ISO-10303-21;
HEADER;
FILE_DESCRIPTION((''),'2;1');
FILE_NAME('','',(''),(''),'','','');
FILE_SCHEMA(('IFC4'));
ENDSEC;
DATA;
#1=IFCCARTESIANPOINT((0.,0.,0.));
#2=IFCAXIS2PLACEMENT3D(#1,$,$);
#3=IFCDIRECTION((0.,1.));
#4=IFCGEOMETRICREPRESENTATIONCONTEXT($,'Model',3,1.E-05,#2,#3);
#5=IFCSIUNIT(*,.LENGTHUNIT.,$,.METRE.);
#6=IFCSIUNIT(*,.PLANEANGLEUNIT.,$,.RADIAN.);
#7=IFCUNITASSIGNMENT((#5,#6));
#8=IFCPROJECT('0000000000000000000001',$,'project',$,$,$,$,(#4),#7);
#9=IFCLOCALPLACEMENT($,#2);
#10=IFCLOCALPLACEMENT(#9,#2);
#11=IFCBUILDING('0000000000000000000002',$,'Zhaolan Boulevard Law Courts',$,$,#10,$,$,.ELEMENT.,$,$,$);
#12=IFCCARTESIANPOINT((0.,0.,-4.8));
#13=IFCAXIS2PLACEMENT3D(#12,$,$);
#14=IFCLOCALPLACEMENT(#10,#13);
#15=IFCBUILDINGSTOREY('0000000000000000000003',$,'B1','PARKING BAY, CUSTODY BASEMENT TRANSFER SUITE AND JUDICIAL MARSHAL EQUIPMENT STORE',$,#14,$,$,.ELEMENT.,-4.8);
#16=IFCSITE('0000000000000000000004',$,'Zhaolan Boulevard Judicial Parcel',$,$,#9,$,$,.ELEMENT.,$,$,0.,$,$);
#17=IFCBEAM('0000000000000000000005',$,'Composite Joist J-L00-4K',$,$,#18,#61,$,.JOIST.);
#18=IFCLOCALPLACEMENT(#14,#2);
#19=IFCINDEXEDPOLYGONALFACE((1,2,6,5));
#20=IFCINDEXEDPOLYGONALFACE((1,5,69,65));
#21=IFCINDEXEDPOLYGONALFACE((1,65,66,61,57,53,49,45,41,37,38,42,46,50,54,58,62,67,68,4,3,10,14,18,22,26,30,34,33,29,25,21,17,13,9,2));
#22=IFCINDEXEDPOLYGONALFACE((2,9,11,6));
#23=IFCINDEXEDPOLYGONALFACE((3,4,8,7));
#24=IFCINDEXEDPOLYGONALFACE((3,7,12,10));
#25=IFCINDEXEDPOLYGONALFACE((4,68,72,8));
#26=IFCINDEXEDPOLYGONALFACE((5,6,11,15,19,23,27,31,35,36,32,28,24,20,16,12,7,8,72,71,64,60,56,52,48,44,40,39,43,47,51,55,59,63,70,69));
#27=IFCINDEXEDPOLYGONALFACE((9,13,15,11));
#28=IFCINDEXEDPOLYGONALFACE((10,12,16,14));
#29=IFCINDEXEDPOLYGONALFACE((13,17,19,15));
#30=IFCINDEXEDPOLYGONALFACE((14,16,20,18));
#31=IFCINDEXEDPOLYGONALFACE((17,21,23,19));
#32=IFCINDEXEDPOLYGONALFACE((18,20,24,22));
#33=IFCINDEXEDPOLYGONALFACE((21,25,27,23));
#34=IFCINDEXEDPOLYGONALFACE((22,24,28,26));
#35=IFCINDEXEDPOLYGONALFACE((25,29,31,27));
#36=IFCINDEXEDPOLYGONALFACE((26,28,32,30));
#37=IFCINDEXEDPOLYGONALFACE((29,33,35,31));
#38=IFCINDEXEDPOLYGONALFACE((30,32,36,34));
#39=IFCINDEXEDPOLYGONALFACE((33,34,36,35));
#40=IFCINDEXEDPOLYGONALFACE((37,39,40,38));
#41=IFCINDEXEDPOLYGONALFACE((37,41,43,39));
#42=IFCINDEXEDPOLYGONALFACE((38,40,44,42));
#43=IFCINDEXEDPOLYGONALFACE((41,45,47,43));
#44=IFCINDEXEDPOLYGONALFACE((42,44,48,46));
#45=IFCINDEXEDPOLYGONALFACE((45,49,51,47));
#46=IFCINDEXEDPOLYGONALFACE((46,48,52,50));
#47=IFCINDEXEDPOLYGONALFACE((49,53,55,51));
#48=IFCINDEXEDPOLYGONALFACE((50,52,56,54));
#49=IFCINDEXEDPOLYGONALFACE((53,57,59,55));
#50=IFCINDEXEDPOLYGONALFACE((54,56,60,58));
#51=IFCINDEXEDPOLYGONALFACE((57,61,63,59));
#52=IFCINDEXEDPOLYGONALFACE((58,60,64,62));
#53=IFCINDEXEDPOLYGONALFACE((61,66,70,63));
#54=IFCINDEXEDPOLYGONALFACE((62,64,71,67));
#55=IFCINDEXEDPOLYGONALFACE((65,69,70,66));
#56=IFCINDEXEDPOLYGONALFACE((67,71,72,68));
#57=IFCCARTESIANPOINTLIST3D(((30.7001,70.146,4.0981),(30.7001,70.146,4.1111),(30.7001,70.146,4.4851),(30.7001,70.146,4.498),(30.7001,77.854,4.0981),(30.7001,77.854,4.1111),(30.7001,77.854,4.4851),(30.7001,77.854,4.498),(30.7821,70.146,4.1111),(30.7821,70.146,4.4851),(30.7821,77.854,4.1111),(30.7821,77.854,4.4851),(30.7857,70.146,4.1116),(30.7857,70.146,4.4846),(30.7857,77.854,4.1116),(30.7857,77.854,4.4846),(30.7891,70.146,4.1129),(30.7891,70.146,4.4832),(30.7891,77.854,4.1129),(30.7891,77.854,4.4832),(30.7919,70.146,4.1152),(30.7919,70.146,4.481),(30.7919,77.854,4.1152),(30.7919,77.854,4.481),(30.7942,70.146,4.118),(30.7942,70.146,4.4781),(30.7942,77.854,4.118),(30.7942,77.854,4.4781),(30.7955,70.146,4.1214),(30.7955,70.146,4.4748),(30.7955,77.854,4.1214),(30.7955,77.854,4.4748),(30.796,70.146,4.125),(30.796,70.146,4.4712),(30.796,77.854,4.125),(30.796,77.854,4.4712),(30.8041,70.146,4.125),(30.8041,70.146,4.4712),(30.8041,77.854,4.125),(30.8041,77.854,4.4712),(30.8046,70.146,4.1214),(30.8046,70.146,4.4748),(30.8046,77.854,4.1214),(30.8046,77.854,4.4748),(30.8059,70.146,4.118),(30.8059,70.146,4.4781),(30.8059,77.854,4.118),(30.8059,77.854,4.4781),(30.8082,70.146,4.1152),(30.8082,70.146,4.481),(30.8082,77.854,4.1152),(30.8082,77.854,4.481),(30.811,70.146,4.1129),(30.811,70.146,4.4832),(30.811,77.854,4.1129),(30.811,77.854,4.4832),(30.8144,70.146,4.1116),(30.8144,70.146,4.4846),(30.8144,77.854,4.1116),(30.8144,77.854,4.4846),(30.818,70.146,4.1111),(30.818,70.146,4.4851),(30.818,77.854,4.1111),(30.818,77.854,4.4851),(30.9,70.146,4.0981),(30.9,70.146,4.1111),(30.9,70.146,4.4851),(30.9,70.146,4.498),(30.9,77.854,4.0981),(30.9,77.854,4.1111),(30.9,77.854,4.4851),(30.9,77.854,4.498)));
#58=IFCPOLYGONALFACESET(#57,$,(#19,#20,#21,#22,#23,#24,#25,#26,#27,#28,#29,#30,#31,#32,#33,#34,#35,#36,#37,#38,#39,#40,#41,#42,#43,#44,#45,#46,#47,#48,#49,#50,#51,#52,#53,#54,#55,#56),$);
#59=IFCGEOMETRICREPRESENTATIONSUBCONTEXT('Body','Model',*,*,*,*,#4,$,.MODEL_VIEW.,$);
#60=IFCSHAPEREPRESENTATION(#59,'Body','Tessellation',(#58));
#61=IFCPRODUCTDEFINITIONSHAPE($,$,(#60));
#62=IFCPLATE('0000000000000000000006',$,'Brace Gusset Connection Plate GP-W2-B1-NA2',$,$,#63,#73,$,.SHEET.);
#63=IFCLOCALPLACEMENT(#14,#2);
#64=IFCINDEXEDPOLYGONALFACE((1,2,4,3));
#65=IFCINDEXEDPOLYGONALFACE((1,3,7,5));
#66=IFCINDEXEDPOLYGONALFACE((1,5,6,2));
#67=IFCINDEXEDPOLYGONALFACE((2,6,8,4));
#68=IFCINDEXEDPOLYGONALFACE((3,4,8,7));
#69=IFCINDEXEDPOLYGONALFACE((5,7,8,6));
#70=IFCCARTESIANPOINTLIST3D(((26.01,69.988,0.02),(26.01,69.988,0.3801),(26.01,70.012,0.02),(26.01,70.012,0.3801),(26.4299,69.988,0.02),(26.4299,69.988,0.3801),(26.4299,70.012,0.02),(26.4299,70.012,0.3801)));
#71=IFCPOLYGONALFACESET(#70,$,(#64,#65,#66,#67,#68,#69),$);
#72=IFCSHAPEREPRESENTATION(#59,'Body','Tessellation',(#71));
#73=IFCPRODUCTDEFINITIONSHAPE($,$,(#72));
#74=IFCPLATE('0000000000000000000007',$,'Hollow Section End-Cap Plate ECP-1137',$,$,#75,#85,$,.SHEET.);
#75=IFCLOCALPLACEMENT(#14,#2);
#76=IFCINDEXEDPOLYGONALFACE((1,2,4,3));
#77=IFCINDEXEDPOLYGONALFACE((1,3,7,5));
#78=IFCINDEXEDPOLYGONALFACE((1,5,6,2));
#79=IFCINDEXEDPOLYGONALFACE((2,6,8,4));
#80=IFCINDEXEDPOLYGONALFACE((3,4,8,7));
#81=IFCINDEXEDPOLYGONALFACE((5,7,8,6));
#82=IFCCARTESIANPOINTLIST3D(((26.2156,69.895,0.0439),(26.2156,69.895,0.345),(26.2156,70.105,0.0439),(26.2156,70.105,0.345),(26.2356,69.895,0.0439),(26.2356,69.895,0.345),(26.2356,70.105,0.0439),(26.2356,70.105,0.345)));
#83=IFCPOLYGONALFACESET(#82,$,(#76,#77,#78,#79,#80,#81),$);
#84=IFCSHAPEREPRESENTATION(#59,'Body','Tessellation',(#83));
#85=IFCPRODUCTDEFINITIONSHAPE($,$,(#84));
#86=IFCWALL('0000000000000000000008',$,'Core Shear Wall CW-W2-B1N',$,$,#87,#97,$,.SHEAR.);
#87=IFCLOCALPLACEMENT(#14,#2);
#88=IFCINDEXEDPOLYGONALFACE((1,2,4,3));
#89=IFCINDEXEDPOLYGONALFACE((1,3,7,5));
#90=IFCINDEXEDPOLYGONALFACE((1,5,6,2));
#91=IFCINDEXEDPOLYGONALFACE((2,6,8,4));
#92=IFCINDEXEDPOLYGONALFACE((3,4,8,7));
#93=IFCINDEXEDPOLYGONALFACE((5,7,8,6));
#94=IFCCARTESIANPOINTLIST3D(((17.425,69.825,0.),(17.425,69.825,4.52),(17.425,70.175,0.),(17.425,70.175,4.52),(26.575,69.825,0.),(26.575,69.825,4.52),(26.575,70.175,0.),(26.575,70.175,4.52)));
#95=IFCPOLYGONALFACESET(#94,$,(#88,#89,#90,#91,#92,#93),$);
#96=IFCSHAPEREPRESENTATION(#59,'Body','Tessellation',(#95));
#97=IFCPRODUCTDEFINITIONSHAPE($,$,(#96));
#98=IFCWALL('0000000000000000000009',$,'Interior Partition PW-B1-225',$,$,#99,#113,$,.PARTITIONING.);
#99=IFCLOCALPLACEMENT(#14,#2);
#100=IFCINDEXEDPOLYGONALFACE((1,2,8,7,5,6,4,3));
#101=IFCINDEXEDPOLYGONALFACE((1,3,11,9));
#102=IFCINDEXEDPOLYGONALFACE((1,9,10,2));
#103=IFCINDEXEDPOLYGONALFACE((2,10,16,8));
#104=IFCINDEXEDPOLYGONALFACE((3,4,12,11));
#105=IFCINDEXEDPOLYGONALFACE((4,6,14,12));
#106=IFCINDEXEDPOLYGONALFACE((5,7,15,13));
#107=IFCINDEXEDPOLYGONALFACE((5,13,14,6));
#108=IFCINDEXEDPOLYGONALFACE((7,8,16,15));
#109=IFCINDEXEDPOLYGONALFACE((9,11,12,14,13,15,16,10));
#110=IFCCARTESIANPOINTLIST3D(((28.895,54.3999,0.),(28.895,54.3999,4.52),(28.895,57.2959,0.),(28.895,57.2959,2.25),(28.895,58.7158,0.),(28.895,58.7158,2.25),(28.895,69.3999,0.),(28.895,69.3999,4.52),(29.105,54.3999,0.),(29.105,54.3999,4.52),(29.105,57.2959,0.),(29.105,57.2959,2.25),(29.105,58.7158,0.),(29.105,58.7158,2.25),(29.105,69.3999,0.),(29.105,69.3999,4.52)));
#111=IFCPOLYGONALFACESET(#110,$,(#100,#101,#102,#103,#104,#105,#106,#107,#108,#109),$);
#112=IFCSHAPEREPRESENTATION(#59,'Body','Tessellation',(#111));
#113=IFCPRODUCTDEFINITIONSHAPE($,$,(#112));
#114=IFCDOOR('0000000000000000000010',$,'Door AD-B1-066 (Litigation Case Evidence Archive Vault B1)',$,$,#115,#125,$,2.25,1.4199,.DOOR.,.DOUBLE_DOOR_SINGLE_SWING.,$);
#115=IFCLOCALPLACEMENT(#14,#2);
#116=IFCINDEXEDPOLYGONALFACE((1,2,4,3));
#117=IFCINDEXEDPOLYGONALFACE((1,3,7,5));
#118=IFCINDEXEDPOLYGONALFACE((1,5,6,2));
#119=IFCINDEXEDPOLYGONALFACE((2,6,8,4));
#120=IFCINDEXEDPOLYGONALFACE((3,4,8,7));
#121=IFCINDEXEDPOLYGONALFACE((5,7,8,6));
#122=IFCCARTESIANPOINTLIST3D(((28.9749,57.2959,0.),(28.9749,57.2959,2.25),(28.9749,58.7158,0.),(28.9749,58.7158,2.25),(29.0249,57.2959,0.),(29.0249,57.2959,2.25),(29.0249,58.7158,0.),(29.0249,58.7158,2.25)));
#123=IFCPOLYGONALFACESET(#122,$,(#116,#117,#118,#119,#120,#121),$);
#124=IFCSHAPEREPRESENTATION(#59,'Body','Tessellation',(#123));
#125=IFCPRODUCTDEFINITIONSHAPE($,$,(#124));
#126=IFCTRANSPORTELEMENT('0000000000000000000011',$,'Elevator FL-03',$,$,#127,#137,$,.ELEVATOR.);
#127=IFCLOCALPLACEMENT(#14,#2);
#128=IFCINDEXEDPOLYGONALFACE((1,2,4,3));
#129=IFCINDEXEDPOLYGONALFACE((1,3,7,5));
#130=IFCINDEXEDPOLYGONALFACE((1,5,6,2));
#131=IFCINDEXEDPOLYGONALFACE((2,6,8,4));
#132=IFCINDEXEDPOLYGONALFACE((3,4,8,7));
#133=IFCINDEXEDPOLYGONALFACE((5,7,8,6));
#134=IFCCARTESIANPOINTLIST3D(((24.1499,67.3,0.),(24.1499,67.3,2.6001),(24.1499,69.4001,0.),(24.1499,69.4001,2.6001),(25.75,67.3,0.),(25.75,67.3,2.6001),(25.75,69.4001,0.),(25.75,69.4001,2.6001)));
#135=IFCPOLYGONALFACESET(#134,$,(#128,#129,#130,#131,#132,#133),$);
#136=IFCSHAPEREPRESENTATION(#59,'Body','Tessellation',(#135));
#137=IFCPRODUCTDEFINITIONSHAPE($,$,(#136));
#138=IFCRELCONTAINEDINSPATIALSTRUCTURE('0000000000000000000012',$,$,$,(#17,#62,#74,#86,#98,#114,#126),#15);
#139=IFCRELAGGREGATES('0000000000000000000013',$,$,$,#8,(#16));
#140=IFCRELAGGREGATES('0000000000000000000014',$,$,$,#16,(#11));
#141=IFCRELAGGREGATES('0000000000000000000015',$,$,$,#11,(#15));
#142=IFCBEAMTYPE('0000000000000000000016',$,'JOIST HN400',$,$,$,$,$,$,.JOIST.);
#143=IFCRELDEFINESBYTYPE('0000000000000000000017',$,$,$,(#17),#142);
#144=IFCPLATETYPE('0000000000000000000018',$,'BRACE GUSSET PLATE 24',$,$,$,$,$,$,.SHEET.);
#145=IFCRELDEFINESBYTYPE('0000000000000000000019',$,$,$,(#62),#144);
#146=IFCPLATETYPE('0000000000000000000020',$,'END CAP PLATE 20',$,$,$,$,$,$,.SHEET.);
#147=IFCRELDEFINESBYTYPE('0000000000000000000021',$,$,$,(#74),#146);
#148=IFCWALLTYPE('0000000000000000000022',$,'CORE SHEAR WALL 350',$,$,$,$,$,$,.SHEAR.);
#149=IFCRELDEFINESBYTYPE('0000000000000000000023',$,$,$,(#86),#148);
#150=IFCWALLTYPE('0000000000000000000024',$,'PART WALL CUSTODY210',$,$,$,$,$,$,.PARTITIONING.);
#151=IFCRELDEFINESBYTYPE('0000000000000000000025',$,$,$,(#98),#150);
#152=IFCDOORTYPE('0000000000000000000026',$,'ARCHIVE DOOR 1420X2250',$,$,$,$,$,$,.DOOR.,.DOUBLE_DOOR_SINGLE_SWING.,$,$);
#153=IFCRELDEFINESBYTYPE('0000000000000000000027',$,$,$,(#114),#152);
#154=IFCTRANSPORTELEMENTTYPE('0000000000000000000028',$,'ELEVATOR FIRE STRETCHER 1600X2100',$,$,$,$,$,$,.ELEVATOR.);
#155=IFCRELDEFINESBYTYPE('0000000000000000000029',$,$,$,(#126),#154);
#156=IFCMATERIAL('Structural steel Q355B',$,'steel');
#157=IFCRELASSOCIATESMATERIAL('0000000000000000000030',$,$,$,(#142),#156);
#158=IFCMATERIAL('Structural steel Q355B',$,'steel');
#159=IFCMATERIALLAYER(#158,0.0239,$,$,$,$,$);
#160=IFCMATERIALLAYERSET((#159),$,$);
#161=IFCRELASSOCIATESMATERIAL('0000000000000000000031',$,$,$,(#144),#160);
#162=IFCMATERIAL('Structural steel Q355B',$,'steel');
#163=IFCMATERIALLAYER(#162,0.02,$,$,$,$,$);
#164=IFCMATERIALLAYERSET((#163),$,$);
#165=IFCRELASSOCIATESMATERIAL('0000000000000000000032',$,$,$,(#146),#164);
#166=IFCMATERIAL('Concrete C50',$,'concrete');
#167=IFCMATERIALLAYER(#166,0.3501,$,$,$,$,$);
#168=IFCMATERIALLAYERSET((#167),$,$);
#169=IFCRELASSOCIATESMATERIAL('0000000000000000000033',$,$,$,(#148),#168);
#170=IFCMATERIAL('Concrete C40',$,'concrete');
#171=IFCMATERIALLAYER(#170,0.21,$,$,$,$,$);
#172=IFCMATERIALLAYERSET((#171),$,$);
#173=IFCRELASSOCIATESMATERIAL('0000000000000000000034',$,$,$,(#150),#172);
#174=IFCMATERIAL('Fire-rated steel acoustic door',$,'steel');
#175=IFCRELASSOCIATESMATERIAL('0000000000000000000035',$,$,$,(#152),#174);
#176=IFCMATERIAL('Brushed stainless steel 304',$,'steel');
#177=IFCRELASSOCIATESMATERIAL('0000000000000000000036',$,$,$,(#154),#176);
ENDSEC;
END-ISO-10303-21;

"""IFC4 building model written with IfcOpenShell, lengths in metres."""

from ifc_helpers import new_model, si_unit, direction, frame, frame_2d, origin, origin_2d, place, context, subcontext, project, spatial, rectangle, i_section, extrude, material, layer, layer_set, material_profile, profile_set, type_object, element, fill, save


model = new_model("IFC4")

# Units and contexts
model_context = context("Model", 3, precision=1e-05, world=origin(), true_north=direction((0.0, 1.0)))
body_context = subcontext(model_context, "Body", "Model", "MODEL_VIEW")
ifc_project = project(units=[si_unit("LENGTHUNIT", "METRE"), si_unit("PLANEANGLEUNIT", "RADIAN")], contexts=[model_context])

# Site, building, storey
site_placement = place(None, origin())
site = spatial("IfcSite", under=ifc_project, at=site_placement, Name="Zhaolan Boulevard Judicial Parcel", CompositionType="ELEMENT", RefElevation=0.0)
building_placement = place(site_placement, origin())
building = spatial("IfcBuilding", under=site, at=building_placement, Name="Zhaolan Boulevard Law Courts", CompositionType="ELEMENT")
storey_placement = place(building_placement, frame((0.0, 0.0, -4.8)))
storey = spatial("IfcBuildingStorey", under=building, at=storey_placement, Name="B1", Description="PARKING BAY, CUSTODY BASEMENT TRANSFER SUITE AND JUDICIAL MARSHAL EQUIPMENT STORE", CompositionType="ELEMENT", Elevation=-4.8)

# Beam
ifc_material_1 = material(Name="Structural steel Q355B", Category="steel")
ifc_material_profile_1 = material_profile(ifc_material_1, i_section(OverallWidth=0.2, OverallDepth=0.3999, WebThickness=0.0081, FlangeThickness=0.0129, FilletRadius=0.0139, at=origin_2d()), Name="HN400x200")
ifc_profile_set_1 = profile_set([ifc_material_profile_1], Name="Structural steel Q355B")
beam_type_1 = type_object("IfcBeamType", Name="JOIST HN400", PredefinedType="JOIST", material=ifc_profile_set_1)
beam_1_placement = place(storey_placement, frame((30.8, 70.146, 4.2981), z_axis=(0.0, 1.0, 0.0), x_axis=(-1.0, 0.0, 0.0)))
element("IfcBeam", 1, at=beam_1_placement, inside=storey, type_object=beam_type_1, Name="Composite Joist J-L00-4K", PredefinedType="JOIST", context=body_context, shape_type="SweptSolid", body=[
    extrude(i_section(OverallWidth=0.2, OverallDepth=0.3999, WebThickness=0.0081, FlangeThickness=0.0129, FilletRadius=0.0139, at=origin_2d()), origin(), (0.0, 0.0, 1.0), 7.708),
])

# Plates
ifc_material_2 = material(Name="Structural steel Q355B", Category="steel")
ifc_layer_1 = layer(ifc_material_2, 0.0239)
ifc_layer_set_1 = layer_set([ifc_layer_1])
plate_type_1 = type_object("IfcPlateType", Name="BRACE GUSSET PLATE 24", PredefinedType="SHEET", material=ifc_layer_set_1)
plate_1_placement = place(storey_placement, frame((26.22, 70.0, 0.02), z_axis=(0.0, 0.0, 1.0), x_axis=(1.0, 0.0, 0.0)))
element("IfcPlate", 2, at=plate_1_placement, inside=storey, type_object=plate_type_1, Name="Brace Gusset Connection Plate GP-W2-B1-NA2", PredefinedType="SHEET", context=body_context, shape_type="SweptSolid", body=[
    extrude(rectangle(XDim=0.4199, YDim=0.0239, at=origin_2d()), origin(), (0.0, 0.0, 1.0), 0.3601),
])
ifc_material_3 = material(Name="Structural steel Q355B", Category="steel")
ifc_layer_2 = layer(ifc_material_3, 0.02)
ifc_layer_set_2 = layer_set([ifc_layer_2])
plate_type_2 = type_object("IfcPlateType", Name="END CAP PLATE 20", PredefinedType="SHEET", material=ifc_layer_set_2)
plate_2_placement = place(storey_placement, frame((26.2256, 70.0, 0.0439), z_axis=(0.0, 0.0, 1.0), x_axis=(-1.0, 0.0, 0.0)))
element("IfcPlate", 3, at=plate_2_placement, inside=storey, type_object=plate_type_2, Name="Hollow Section End-Cap Plate ECP-1137", PredefinedType="SHEET", context=body_context, shape_type="SweptSolid", body=[
    extrude(rectangle(XDim=0.02, YDim=0.21, at=origin_2d()), origin(), (0.0, 0.0, 1.0), 0.301),
])

# Wall
ifc_material_4 = material(Name="Concrete C50", Category="concrete")
ifc_layer_3 = layer(ifc_material_4, 0.3501)
ifc_layer_set_3 = layer_set([ifc_layer_3])
wall_type_1 = type_object("IfcWallType", Name="CORE SHEAR WALL 350", PredefinedType="SHEAR", material=ifc_layer_set_3)
wall_1_placement = place(storey_placement, frame((26.575, 70.0, 0.0), z_axis=(0.0, 0.0, 1.0), x_axis=(-1.0, 0.0, 0.0)))
element("IfcWall", 4, at=wall_1_placement, inside=storey, type_object=wall_type_1, Name="Core Shear Wall CW-W2-B1N", PredefinedType="SHEAR", context=body_context, shape_type="SweptSolid", body=[
    extrude(rectangle(XDim=9.1499, YDim=0.3501, at=frame_2d((4.575, 0.0))), origin(), (0.0, 0.0, 1.0), 4.52),
])

# Wall, opening, door
ifc_material_5 = material(Name="Concrete C40", Category="concrete")
ifc_layer_4 = layer(ifc_material_5, 0.21)
ifc_layer_set_4 = layer_set([ifc_layer_4])
wall_type_2 = type_object("IfcWallType", Name="PART WALL CUSTODY210", PredefinedType="PARTITIONING", material=ifc_layer_set_4)
wall_2_placement = place(storey_placement, frame((29.0, 69.3999, 0.0), z_axis=(0.0, 0.0, 1.0), x_axis=(0.0, -1.0, 0.0)))
wall_2 = element("IfcWall", 5, at=wall_2_placement, inside=storey, type_object=wall_type_2, Name="Interior Partition PW-B1-225", PredefinedType="PARTITIONING", context=body_context, shape_type="SweptSolid", body=[
    extrude(rectangle(XDim=15.0, YDim=0.21, at=frame_2d((7.5, 0.0))), origin(), (0.0, 0.0, 1.0), 4.52),
])
opening_placement = place(wall_2_placement, frame((10.6841, 0.0, 0.0)))
opening = element("IfcOpeningElement", 6, at=opening_placement, cuts=wall_2, PredefinedType="OPENING", context=body_context, shape_type="SweptSolid", body=[
    extrude(rectangle(XDim=1.4199, YDim=2.25, at=frame_2d((0.71, 1.125))), frame((0.0, 0.115, 0.0), z_axis=(0.0, -1.0, 0.0), x_axis=(1.0, 0.0, 0.0)), (0.0, 0.0, 1.0), 0.23),
])
ifc_material_6 = material(Name="Fire-rated steel acoustic door", Category="steel")
door_type = type_object("IfcDoorType", Name="ARCHIVE DOOR 1420X2250", OperationType="DOUBLE_DOOR_SINGLE_SWING", PredefinedType="DOOR", material=ifc_material_6)
door_placement = place(opening_placement, origin())
door = element("IfcDoor", 7, at=door_placement, inside=storey, type_object=door_type, Name="Door AD-B1-066 (Litigation Case Evidence Archive Vault B1)", OperationType="DOUBLE_DOOR_SINGLE_SWING", OverallHeight=2.25, OverallWidth=1.4199, PredefinedType="DOOR", context=body_context, shape_type="SweptSolid", body=[
    extrude(rectangle(XDim=1.4199, YDim=2.25, at=frame_2d((0.71, 1.125))), frame((0.0, 0.0249, 0.0), z_axis=(0.0, -1.0, 0.0), x_axis=(1.0, 0.0, 0.0)), (0.0, 0.0, 1.0), 0.05),
])
fill(opening, door)

# Transport element
ifc_material_7 = material(Name="Brushed stainless steel 304", Category="steel")
transport_element_type = type_object("IfcTransportElementType", Name="ELEVATOR FIRE STRETCHER 1600X2100", PredefinedType="ELEVATOR", material=ifc_material_7)
transport_element_placement = place(storey_placement, frame((24.95, 68.3501, 0.0), z_axis=(0.0, 0.0, 1.0), x_axis=(1.0, 0.0, 0.0)))
element("IfcTransportElement", 8, at=transport_element_placement, inside=storey, type_object=transport_element_type, Name="Elevator FL-03", PredefinedType="ELEVATOR", context=body_context, shape_type="SweptSolid", body=[
    extrude(rectangle(XDim=1.6001, YDim=2.1001, at=origin_2d()), origin(), (0.0, 0.0, 1.0), 2.6001),
])

save(model, "model.ifc")
